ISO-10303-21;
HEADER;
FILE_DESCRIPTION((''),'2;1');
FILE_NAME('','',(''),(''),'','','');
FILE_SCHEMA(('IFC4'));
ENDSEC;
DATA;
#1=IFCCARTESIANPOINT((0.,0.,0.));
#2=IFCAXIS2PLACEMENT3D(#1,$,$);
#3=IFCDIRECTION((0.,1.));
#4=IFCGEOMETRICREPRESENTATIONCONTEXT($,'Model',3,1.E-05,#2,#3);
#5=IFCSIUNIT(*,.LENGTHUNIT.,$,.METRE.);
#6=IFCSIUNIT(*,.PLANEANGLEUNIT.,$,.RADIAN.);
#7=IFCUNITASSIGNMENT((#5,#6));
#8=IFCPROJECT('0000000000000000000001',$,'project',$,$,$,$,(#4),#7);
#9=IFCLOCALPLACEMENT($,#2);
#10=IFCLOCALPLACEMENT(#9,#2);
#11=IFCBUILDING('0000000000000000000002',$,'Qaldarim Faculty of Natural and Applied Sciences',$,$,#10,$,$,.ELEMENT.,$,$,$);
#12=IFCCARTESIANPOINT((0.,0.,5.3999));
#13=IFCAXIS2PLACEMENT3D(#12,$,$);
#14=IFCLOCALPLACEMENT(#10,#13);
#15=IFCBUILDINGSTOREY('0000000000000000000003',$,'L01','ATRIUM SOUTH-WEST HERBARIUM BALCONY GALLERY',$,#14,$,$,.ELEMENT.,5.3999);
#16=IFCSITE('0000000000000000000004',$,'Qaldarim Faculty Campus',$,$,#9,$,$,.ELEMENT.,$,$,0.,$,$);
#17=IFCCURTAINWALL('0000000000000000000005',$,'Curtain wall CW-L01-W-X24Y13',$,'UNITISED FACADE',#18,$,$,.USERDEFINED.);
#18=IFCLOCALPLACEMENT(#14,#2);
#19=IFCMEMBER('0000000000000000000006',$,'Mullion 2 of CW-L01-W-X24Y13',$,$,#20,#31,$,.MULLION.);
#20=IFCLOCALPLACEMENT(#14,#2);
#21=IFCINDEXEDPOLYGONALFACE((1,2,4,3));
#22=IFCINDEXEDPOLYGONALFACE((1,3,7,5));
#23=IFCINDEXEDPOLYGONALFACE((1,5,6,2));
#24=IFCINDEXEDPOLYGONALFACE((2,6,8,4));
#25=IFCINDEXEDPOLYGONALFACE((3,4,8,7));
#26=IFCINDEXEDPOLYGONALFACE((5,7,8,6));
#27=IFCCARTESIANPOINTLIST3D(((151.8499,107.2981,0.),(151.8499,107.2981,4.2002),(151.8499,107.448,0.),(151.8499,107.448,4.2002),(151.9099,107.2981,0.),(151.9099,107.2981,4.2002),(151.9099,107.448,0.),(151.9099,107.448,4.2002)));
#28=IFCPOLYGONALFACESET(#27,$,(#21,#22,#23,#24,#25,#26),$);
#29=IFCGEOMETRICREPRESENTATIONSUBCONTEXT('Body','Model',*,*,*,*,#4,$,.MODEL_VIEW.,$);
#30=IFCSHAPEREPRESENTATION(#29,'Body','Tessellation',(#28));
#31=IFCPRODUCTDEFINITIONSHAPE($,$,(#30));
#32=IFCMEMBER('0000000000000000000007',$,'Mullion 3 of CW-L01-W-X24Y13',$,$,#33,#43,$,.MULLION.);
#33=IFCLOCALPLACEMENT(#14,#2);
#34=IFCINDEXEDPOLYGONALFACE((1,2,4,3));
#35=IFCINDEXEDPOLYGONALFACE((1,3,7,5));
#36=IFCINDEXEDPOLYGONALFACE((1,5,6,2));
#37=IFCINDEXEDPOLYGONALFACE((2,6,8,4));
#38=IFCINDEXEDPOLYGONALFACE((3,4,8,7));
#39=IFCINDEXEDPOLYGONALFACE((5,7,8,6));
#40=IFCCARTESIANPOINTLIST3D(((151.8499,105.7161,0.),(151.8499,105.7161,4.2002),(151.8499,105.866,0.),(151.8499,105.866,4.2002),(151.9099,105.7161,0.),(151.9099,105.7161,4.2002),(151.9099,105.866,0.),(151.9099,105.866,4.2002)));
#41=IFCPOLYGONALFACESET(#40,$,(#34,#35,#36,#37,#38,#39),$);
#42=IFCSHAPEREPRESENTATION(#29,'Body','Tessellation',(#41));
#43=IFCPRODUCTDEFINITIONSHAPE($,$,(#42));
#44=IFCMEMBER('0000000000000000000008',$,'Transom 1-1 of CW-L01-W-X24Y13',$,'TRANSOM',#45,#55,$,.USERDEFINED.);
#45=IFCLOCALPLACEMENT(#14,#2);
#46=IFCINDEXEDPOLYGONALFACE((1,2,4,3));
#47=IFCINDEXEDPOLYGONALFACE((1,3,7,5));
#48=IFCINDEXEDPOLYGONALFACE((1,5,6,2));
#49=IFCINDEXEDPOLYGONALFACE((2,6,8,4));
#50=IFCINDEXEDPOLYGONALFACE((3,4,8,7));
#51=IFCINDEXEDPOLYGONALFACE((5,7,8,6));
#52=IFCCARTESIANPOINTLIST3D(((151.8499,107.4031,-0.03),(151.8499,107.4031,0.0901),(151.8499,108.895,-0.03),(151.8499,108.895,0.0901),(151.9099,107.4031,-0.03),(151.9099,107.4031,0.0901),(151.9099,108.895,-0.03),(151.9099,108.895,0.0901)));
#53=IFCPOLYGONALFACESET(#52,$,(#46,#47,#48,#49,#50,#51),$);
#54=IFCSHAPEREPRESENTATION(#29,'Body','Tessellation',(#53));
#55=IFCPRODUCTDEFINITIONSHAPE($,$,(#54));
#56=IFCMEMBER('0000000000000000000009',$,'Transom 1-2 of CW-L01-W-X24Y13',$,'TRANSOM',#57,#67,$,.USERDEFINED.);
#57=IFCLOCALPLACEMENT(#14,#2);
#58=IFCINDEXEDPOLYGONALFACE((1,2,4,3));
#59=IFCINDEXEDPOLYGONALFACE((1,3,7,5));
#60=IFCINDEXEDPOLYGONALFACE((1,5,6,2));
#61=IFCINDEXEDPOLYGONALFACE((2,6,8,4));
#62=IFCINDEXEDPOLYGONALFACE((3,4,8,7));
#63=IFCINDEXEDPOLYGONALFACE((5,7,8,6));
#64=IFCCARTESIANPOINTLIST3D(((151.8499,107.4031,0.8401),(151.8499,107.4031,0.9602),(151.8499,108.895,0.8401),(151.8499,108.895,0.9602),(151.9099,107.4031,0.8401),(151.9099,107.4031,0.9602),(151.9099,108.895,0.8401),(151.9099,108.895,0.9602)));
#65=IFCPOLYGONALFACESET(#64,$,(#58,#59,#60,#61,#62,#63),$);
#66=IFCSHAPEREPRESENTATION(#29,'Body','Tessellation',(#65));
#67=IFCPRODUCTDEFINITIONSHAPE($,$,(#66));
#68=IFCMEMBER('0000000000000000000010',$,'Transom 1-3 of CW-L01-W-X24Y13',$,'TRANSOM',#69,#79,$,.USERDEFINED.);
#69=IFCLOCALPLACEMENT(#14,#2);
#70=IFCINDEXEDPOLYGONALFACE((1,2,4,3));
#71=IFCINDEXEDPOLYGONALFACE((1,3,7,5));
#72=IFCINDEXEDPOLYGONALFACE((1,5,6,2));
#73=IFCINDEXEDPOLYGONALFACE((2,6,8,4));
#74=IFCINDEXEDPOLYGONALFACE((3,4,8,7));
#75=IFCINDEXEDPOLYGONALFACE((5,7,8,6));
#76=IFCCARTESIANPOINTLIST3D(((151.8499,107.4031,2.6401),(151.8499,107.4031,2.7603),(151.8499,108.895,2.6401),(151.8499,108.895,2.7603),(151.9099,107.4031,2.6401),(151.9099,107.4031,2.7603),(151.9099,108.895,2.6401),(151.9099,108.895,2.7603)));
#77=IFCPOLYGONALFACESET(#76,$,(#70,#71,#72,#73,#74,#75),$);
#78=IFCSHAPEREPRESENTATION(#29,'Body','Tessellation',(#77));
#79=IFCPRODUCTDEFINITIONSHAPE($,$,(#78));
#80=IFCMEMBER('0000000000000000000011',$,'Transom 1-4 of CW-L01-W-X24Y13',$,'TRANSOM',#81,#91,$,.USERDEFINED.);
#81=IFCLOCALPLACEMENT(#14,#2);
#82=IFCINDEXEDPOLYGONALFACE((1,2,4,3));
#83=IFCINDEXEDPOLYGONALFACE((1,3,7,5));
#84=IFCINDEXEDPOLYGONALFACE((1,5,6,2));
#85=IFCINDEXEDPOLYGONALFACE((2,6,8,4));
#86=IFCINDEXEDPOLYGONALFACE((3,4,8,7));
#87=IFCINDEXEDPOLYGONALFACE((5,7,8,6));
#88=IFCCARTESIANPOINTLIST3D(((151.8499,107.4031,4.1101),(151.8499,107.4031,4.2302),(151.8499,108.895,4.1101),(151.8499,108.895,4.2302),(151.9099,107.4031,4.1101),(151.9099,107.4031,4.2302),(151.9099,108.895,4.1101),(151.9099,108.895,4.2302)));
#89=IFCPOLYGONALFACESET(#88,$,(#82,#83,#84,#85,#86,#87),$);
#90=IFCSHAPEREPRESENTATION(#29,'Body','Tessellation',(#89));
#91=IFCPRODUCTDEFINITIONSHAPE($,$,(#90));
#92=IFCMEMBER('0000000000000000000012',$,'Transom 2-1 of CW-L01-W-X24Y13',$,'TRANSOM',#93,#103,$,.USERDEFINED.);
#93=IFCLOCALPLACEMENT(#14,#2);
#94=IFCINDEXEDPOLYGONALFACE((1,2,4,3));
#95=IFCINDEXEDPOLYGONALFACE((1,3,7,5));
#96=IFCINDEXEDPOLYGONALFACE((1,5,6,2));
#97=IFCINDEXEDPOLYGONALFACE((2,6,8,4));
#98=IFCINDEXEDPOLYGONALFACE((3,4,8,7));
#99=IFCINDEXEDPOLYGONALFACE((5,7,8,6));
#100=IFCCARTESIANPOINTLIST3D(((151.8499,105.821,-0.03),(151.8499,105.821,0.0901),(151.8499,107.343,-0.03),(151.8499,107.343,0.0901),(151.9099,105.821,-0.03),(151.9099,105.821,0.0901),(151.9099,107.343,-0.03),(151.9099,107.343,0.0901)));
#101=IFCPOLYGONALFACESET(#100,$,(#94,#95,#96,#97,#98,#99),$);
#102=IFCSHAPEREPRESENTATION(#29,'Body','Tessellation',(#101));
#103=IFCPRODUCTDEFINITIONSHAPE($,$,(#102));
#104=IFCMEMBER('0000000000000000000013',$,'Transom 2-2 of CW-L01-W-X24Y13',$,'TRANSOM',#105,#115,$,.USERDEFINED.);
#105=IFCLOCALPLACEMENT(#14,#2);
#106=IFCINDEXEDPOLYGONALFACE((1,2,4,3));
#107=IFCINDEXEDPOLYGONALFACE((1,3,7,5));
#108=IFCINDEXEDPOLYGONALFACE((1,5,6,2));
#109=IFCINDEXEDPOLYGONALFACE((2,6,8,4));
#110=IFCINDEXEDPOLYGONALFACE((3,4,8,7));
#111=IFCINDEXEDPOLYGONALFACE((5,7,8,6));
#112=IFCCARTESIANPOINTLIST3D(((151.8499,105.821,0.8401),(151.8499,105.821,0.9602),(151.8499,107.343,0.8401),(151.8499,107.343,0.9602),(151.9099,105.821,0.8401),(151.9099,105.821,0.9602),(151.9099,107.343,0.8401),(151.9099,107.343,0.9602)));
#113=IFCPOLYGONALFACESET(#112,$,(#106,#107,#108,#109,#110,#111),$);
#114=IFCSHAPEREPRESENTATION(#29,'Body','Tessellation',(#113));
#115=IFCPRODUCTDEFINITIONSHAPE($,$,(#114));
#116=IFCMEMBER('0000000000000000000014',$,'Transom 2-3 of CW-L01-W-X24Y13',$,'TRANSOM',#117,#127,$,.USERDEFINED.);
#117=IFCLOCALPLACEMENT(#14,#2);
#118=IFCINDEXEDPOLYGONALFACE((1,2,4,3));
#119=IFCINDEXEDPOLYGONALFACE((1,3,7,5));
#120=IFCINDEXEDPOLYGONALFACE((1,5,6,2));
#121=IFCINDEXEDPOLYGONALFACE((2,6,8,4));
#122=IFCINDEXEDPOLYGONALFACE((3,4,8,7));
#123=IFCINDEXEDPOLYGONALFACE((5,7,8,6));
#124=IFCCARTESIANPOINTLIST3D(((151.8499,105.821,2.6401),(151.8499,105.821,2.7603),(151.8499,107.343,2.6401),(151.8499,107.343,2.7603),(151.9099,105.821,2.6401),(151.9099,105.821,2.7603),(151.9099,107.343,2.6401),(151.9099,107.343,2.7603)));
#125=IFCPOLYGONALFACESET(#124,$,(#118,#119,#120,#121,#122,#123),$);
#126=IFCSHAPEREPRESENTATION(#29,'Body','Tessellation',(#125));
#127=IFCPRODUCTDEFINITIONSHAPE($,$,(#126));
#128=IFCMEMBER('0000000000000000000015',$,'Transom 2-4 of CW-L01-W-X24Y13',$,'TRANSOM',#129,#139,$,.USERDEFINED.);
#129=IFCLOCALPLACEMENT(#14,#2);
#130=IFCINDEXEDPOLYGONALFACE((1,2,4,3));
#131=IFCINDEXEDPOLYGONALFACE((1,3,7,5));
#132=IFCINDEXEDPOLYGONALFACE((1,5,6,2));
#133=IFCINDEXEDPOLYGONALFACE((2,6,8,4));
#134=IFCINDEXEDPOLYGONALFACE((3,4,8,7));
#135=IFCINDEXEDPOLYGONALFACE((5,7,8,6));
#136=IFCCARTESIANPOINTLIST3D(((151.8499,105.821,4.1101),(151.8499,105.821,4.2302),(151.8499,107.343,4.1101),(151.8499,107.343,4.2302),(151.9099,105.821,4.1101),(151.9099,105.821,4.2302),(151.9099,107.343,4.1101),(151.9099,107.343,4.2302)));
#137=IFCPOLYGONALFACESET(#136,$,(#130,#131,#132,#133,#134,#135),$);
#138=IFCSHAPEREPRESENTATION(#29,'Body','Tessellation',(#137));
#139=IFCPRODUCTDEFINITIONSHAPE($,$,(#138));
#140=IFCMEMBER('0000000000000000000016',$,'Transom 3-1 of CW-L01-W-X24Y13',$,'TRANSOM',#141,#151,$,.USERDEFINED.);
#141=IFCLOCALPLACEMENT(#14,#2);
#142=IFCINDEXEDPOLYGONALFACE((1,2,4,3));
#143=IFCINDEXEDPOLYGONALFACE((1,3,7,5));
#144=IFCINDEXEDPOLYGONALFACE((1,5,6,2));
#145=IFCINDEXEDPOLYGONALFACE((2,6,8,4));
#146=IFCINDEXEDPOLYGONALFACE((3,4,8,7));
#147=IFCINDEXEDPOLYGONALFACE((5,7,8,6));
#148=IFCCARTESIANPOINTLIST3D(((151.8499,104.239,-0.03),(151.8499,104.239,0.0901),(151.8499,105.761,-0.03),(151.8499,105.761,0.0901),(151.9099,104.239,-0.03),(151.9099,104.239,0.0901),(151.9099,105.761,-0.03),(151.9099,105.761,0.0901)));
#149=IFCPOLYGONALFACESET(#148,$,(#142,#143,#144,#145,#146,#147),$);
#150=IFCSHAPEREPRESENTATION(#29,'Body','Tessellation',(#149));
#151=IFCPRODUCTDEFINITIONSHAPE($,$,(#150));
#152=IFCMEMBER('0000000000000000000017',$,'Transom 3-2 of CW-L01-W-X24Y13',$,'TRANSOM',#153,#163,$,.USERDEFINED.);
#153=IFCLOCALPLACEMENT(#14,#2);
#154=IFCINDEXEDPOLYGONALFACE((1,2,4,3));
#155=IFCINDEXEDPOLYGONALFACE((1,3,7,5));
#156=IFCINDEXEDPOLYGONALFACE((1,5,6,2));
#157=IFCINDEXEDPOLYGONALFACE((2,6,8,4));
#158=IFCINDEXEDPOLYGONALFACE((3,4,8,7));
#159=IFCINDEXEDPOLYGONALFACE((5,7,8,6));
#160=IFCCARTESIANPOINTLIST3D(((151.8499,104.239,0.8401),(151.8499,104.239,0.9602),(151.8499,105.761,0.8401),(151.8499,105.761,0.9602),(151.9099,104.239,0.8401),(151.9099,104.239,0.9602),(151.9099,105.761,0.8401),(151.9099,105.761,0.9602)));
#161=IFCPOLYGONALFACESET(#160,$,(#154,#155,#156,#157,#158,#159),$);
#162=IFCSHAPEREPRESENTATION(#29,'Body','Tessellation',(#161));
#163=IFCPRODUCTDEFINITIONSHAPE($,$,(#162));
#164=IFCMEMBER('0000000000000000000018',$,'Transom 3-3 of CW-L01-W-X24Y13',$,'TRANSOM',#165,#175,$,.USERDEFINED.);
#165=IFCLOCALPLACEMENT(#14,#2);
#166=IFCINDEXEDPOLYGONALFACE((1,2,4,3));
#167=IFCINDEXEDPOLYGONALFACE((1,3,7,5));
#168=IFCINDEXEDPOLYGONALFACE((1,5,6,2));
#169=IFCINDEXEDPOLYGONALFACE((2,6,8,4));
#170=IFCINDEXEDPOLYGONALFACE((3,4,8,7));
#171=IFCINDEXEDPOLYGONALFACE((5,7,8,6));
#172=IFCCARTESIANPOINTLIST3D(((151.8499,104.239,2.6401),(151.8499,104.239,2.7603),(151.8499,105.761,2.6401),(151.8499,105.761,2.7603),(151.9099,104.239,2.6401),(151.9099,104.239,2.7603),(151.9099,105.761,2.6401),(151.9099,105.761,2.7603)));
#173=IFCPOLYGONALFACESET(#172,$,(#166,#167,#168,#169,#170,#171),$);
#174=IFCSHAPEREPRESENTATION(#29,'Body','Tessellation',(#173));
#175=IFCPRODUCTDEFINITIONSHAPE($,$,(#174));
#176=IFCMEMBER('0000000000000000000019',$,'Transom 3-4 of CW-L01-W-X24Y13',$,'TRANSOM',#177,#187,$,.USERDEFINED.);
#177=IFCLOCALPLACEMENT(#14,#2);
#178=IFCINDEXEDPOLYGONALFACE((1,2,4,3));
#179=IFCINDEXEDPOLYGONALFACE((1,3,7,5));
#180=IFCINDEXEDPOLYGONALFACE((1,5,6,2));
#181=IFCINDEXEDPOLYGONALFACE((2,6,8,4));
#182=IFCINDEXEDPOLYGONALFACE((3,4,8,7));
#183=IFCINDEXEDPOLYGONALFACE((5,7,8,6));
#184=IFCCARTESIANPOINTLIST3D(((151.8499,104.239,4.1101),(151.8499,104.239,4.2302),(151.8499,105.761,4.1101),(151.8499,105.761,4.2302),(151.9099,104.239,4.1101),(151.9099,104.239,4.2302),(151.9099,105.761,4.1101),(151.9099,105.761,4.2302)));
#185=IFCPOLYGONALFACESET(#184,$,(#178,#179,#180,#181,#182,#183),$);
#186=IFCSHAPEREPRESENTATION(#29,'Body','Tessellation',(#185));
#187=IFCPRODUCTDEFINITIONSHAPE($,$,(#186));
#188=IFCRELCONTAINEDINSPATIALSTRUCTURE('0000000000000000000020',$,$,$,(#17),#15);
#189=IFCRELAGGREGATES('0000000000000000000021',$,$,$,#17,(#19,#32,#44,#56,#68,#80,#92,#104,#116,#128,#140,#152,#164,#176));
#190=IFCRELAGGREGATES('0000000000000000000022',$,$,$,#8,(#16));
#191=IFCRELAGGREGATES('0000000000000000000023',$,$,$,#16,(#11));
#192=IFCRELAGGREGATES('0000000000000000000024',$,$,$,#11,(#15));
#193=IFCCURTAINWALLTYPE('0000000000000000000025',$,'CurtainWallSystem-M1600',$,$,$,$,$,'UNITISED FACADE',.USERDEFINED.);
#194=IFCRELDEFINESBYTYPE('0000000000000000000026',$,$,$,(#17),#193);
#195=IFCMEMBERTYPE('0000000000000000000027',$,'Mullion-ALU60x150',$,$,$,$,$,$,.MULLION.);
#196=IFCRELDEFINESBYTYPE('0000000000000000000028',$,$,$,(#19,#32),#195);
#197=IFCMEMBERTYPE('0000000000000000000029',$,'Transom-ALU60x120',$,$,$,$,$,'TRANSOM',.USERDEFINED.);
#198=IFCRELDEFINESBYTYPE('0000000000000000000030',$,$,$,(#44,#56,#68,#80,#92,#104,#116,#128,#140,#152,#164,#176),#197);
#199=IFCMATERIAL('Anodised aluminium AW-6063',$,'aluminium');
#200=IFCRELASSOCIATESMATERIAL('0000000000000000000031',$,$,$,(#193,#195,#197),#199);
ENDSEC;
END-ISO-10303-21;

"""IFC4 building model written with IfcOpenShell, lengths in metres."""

from ifc_helpers import new_model, si_unit, direction, frame, origin, origin_2d, place, context, subcontext, project, spatial, rectangle, extrude, material, material_profile, profile_set, type_object, element, aggregate, save


model = new_model("IFC4")

# Units and contexts
model_context = context("Model", 3, precision=1e-05, world=origin(), true_north=direction((0.0, 1.0)))
body_context = subcontext(model_context, "Body", "Model", "MODEL_VIEW")
ifc_project = project(units=[si_unit("LENGTHUNIT", "METRE"), si_unit("PLANEANGLEUNIT", "RADIAN")], contexts=[model_context])

# Site, building, storey
site_placement = place(None, origin())
site = spatial("IfcSite", under=ifc_project, at=site_placement, Name="Qaldarim Faculty Campus", CompositionType="ELEMENT", RefElevation=0.0)
building_placement = place(site_placement, origin())
building = spatial("IfcBuilding", under=site, at=building_placement, Name="Qaldarim Faculty of Natural and Applied Sciences", CompositionType="ELEMENT")
storey_placement = place(building_placement, frame((0.0, 0.0, 5.3999)))
storey = spatial("IfcBuildingStorey", under=building, at=storey_placement, Name="L01", Description="ATRIUM SOUTH-WEST HERBARIUM BALCONY GALLERY", CompositionType="ELEMENT", Elevation=5.3999)

# Curtain wall, members
ifc_material_1 = material(Name="Anodised aluminium AW-6063", Category="aluminium")
curtain_wall_type = type_object("IfcCurtainWallType", Name="CurtainWallSystem-M1600", ElementType="UNITISED FACADE", PredefinedType="USERDEFINED", material=ifc_material_1)
curtain_wall_placement = place(storey_placement, origin())
curtain_wall = element("IfcCurtainWall", 1, at=curtain_wall_placement, inside=storey, type_object=curtain_wall_type, Name="Curtain wall CW-L01-W-X24Y13", ObjectType="UNITISED FACADE", PredefinedType="USERDEFINED")
ifc_material_profile_1 = material_profile(ifc_material_1, rectangle(XDim=0.0601, YDim=0.1499, at=origin_2d()), Name="ALU-M60x150")
ifc_profile_set_1 = profile_set([ifc_material_profile_1], Name="Anodised aluminium AW-6063")
member_type_1 = type_object("IfcMemberType", Name="Mullion-ALU60x150", PredefinedType="MULLION", material=ifc_profile_set_1)
member_1_placement = place(storey_placement, frame((151.8799, 107.373, 0.0), z_axis=(0.0, 0.0, 1.0), x_axis=(1.0, 0.0, 0.0)))
member_1 = element("IfcMember", 2, at=member_1_placement, type_object=member_type_1, Name="Mullion 2 of CW-L01-W-X24Y13", PredefinedType="MULLION", context=body_context, shape_type="SweptSolid", body=[
    extrude(rectangle(XDim=0.0601, YDim=0.1499, at=origin_2d()), origin(), (0.0, 0.0, 1.0), 4.2002),
])
member_2_placement = place(storey_placement, frame((151.8799, 105.791, 0.0), z_axis=(0.0, 0.0, 1.0), x_axis=(1.0, 0.0, 0.0)))
member_2 = element("IfcMember", 3, at=member_2_placement, type_object=member_type_1, Name="Mullion 3 of CW-L01-W-X24Y13", PredefinedType="MULLION", context=body_context, shape_type="SweptSolid", body=[
    extrude(rectangle(XDim=0.0601, YDim=0.1499, at=origin_2d()), origin(), (0.0, 0.0, 1.0), 4.2002),
])
ifc_material_profile_2 = material_profile(ifc_material_1, rectangle(XDim=0.0601, YDim=0.1201, at=origin_2d()), Name="ALU-T60x120")
ifc_profile_set_2 = profile_set([ifc_material_profile_2], Name="Anodised aluminium AW-6063")
member_type_2 = type_object("IfcMemberType", Name="Transom-ALU60x120", ElementType="TRANSOM", PredefinedType="USERDEFINED", material=ifc_profile_set_2)
member_3_placement = place(storey_placement, frame((151.8799, 108.895, 0.03), z_axis=(0.0, -1.0, 0.0), x_axis=(1.0, 0.0, 0.0)))
member_3 = element("IfcMember", 4, at=member_3_placement, type_object=member_type_2, Name="Transom 1-1 of CW-L01-W-X24Y13", ObjectType="TRANSOM", PredefinedType="USERDEFINED", context=body_context, shape_type="SweptSolid", body=[
    extrude(rectangle(XDim=0.0601, YDim=0.1201, at=origin_2d()), origin(), (0.0, 0.0, 1.0), 1.4919),
])
member_4_placement = place(storey_placement, frame((151.8799, 108.895, 0.9001), z_axis=(0.0, -1.0, 0.0), x_axis=(1.0, 0.0, 0.0)))
member_4 = element("IfcMember", 5, at=member_4_placement, type_object=member_type_2, Name="Transom 1-2 of CW-L01-W-X24Y13", ObjectType="TRANSOM", PredefinedType="USERDEFINED", context=body_context, shape_type="SweptSolid", body=[
    extrude(rectangle(XDim=0.0601, YDim=0.1201, at=origin_2d()), origin(), (0.0, 0.0, 1.0), 1.4919),
])
member_5_placement = place(storey_placement, frame((151.8799, 108.895, 2.7002), z_axis=(0.0, -1.0, 0.0), x_axis=(1.0, 0.0, 0.0)))
member_5 = element("IfcMember", 6, at=member_5_placement, type_object=member_type_2, Name="Transom 1-3 of CW-L01-W-X24Y13", ObjectType="TRANSOM", PredefinedType="USERDEFINED", context=body_context, shape_type="SweptSolid", body=[
    extrude(rectangle(XDim=0.0601, YDim=0.1201, at=origin_2d()), origin(), (0.0, 0.0, 1.0), 1.4919),
])
member_6_placement = place(storey_placement, frame((151.8799, 108.895, 4.1702), z_axis=(0.0, -1.0, 0.0), x_axis=(1.0, 0.0, 0.0)))
member_6 = element("IfcMember", 7, at=member_6_placement, type_object=member_type_2, Name="Transom 1-4 of CW-L01-W-X24Y13", ObjectType="TRANSOM", PredefinedType="USERDEFINED", context=body_context, shape_type="SweptSolid", body=[
    extrude(rectangle(XDim=0.0601, YDim=0.1201, at=origin_2d()), origin(), (0.0, 0.0, 1.0), 1.4919),
])
member_7_placement = place(storey_placement, frame((151.8799, 107.343, 0.03), z_axis=(0.0, -1.0, 0.0), x_axis=(1.0, 0.0, 0.0)))
member_7 = element("IfcMember", 8, at=member_7_placement, type_object=member_type_2, Name="Transom 2-1 of CW-L01-W-X24Y13", ObjectType="TRANSOM", PredefinedType="USERDEFINED", context=body_context, shape_type="SweptSolid", body=[
    extrude(rectangle(XDim=0.0601, YDim=0.1201, at=origin_2d()), origin(), (0.0, 0.0, 1.0), 1.522),
])
member_8_placement = place(storey_placement, frame((151.8799, 107.343, 0.9001), z_axis=(0.0, -1.0, 0.0), x_axis=(1.0, 0.0, 0.0)))
member_8 = element("IfcMember", 9, at=member_8_placement, type_object=member_type_2, Name="Transom 2-2 of CW-L01-W-X24Y13", ObjectType="TRANSOM", PredefinedType="USERDEFINED", context=body_context, shape_type="SweptSolid", body=[
    extrude(rectangle(XDim=0.0601, YDim=0.1201, at=origin_2d()), origin(), (0.0, 0.0, 1.0), 1.522),
])
member_9_placement = place(storey_placement, frame((151.8799, 107.343, 2.7002), z_axis=(0.0, -1.0, 0.0), x_axis=(1.0, 0.0, 0.0)))
member_9 = element("IfcMember", 10, at=member_9_placement, type_object=member_type_2, Name="Transom 2-3 of CW-L01-W-X24Y13", ObjectType="TRANSOM", PredefinedType="USERDEFINED", context=body_context, shape_type="SweptSolid", body=[
    extrude(rectangle(XDim=0.0601, YDim=0.1201, at=origin_2d()), origin(), (0.0, 0.0, 1.0), 1.522),
])
member_10_placement = place(storey_placement, frame((151.8799, 107.343, 4.1702), z_axis=(0.0, -1.0, 0.0), x_axis=(1.0, 0.0, 0.0)))
member_10 = element("IfcMember", 11, at=member_10_placement, type_object=member_type_2, Name="Transom 2-4 of CW-L01-W-X24Y13", ObjectType="TRANSOM", PredefinedType="USERDEFINED", context=body_context, shape_type="SweptSolid", body=[
    extrude(rectangle(XDim=0.0601, YDim=0.1201, at=origin_2d()), origin(), (0.0, 0.0, 1.0), 1.522),
])
member_11_placement = place(storey_placement, frame((151.8799, 105.761, 0.03), z_axis=(0.0, -1.0, 0.0), x_axis=(1.0, 0.0, 0.0)))
member_11 = element("IfcMember", 12, at=member_11_placement, type_object=member_type_2, Name="Transom 3-1 of CW-L01-W-X24Y13", ObjectType="TRANSOM", PredefinedType="USERDEFINED", context=body_context, shape_type="SweptSolid", body=[
    extrude(rectangle(XDim=0.0601, YDim=0.1201, at=origin_2d()), origin(), (0.0, 0.0, 1.0), 1.522),
])
member_12_placement = place(storey_placement, frame((151.8799, 105.761, 0.9001), z_axis=(0.0, -1.0, 0.0), x_axis=(1.0, 0.0, 0.0)))
member_12 = element("IfcMember", 13, at=member_12_placement, type_object=member_type_2, Name="Transom 3-2 of CW-L01-W-X24Y13", ObjectType="TRANSOM", PredefinedType="USERDEFINED", context=body_context, shape_type="SweptSolid", body=[
    extrude(rectangle(XDim=0.0601, YDim=0.1201, at=origin_2d()), origin(), (0.0, 0.0, 1.0), 1.522),
])
member_13_placement = place(storey_placement, frame((151.8799, 105.761, 2.7002), z_axis=(0.0, -1.0, 0.0), x_axis=(1.0, 0.0, 0.0)))
member_13 = element("IfcMember", 14, at=member_13_placement, type_object=member_type_2, Name="Transom 3-3 of CW-L01-W-X24Y13", ObjectType="TRANSOM", PredefinedType="USERDEFINED", context=body_context, shape_type="SweptSolid", body=[
    extrude(rectangle(XDim=0.0601, YDim=0.1201, at=origin_2d()), origin(), (0.0, 0.0, 1.0), 1.522),
])
member_14_placement = place(storey_placement, frame((151.8799, 105.761, 4.1702), z_axis=(0.0, -1.0, 0.0), x_axis=(1.0, 0.0, 0.0)))
member_14 = element("IfcMember", 15, at=member_14_placement, type_object=member_type_2, Name="Transom 3-4 of CW-L01-W-X24Y13", ObjectType="TRANSOM", PredefinedType="USERDEFINED", context=body_context, shape_type="SweptSolid", body=[
    extrude(rectangle(XDim=0.0601, YDim=0.1201, at=origin_2d()), origin(), (0.0, 0.0, 1.0), 1.522),
])
aggregate(curtain_wall, [member_1, member_2, member_3, member_4, member_5, member_6, member_7, member_8, member_9, member_10, member_11, member_12, member_13, member_14])

save(model, "model.ifc")
